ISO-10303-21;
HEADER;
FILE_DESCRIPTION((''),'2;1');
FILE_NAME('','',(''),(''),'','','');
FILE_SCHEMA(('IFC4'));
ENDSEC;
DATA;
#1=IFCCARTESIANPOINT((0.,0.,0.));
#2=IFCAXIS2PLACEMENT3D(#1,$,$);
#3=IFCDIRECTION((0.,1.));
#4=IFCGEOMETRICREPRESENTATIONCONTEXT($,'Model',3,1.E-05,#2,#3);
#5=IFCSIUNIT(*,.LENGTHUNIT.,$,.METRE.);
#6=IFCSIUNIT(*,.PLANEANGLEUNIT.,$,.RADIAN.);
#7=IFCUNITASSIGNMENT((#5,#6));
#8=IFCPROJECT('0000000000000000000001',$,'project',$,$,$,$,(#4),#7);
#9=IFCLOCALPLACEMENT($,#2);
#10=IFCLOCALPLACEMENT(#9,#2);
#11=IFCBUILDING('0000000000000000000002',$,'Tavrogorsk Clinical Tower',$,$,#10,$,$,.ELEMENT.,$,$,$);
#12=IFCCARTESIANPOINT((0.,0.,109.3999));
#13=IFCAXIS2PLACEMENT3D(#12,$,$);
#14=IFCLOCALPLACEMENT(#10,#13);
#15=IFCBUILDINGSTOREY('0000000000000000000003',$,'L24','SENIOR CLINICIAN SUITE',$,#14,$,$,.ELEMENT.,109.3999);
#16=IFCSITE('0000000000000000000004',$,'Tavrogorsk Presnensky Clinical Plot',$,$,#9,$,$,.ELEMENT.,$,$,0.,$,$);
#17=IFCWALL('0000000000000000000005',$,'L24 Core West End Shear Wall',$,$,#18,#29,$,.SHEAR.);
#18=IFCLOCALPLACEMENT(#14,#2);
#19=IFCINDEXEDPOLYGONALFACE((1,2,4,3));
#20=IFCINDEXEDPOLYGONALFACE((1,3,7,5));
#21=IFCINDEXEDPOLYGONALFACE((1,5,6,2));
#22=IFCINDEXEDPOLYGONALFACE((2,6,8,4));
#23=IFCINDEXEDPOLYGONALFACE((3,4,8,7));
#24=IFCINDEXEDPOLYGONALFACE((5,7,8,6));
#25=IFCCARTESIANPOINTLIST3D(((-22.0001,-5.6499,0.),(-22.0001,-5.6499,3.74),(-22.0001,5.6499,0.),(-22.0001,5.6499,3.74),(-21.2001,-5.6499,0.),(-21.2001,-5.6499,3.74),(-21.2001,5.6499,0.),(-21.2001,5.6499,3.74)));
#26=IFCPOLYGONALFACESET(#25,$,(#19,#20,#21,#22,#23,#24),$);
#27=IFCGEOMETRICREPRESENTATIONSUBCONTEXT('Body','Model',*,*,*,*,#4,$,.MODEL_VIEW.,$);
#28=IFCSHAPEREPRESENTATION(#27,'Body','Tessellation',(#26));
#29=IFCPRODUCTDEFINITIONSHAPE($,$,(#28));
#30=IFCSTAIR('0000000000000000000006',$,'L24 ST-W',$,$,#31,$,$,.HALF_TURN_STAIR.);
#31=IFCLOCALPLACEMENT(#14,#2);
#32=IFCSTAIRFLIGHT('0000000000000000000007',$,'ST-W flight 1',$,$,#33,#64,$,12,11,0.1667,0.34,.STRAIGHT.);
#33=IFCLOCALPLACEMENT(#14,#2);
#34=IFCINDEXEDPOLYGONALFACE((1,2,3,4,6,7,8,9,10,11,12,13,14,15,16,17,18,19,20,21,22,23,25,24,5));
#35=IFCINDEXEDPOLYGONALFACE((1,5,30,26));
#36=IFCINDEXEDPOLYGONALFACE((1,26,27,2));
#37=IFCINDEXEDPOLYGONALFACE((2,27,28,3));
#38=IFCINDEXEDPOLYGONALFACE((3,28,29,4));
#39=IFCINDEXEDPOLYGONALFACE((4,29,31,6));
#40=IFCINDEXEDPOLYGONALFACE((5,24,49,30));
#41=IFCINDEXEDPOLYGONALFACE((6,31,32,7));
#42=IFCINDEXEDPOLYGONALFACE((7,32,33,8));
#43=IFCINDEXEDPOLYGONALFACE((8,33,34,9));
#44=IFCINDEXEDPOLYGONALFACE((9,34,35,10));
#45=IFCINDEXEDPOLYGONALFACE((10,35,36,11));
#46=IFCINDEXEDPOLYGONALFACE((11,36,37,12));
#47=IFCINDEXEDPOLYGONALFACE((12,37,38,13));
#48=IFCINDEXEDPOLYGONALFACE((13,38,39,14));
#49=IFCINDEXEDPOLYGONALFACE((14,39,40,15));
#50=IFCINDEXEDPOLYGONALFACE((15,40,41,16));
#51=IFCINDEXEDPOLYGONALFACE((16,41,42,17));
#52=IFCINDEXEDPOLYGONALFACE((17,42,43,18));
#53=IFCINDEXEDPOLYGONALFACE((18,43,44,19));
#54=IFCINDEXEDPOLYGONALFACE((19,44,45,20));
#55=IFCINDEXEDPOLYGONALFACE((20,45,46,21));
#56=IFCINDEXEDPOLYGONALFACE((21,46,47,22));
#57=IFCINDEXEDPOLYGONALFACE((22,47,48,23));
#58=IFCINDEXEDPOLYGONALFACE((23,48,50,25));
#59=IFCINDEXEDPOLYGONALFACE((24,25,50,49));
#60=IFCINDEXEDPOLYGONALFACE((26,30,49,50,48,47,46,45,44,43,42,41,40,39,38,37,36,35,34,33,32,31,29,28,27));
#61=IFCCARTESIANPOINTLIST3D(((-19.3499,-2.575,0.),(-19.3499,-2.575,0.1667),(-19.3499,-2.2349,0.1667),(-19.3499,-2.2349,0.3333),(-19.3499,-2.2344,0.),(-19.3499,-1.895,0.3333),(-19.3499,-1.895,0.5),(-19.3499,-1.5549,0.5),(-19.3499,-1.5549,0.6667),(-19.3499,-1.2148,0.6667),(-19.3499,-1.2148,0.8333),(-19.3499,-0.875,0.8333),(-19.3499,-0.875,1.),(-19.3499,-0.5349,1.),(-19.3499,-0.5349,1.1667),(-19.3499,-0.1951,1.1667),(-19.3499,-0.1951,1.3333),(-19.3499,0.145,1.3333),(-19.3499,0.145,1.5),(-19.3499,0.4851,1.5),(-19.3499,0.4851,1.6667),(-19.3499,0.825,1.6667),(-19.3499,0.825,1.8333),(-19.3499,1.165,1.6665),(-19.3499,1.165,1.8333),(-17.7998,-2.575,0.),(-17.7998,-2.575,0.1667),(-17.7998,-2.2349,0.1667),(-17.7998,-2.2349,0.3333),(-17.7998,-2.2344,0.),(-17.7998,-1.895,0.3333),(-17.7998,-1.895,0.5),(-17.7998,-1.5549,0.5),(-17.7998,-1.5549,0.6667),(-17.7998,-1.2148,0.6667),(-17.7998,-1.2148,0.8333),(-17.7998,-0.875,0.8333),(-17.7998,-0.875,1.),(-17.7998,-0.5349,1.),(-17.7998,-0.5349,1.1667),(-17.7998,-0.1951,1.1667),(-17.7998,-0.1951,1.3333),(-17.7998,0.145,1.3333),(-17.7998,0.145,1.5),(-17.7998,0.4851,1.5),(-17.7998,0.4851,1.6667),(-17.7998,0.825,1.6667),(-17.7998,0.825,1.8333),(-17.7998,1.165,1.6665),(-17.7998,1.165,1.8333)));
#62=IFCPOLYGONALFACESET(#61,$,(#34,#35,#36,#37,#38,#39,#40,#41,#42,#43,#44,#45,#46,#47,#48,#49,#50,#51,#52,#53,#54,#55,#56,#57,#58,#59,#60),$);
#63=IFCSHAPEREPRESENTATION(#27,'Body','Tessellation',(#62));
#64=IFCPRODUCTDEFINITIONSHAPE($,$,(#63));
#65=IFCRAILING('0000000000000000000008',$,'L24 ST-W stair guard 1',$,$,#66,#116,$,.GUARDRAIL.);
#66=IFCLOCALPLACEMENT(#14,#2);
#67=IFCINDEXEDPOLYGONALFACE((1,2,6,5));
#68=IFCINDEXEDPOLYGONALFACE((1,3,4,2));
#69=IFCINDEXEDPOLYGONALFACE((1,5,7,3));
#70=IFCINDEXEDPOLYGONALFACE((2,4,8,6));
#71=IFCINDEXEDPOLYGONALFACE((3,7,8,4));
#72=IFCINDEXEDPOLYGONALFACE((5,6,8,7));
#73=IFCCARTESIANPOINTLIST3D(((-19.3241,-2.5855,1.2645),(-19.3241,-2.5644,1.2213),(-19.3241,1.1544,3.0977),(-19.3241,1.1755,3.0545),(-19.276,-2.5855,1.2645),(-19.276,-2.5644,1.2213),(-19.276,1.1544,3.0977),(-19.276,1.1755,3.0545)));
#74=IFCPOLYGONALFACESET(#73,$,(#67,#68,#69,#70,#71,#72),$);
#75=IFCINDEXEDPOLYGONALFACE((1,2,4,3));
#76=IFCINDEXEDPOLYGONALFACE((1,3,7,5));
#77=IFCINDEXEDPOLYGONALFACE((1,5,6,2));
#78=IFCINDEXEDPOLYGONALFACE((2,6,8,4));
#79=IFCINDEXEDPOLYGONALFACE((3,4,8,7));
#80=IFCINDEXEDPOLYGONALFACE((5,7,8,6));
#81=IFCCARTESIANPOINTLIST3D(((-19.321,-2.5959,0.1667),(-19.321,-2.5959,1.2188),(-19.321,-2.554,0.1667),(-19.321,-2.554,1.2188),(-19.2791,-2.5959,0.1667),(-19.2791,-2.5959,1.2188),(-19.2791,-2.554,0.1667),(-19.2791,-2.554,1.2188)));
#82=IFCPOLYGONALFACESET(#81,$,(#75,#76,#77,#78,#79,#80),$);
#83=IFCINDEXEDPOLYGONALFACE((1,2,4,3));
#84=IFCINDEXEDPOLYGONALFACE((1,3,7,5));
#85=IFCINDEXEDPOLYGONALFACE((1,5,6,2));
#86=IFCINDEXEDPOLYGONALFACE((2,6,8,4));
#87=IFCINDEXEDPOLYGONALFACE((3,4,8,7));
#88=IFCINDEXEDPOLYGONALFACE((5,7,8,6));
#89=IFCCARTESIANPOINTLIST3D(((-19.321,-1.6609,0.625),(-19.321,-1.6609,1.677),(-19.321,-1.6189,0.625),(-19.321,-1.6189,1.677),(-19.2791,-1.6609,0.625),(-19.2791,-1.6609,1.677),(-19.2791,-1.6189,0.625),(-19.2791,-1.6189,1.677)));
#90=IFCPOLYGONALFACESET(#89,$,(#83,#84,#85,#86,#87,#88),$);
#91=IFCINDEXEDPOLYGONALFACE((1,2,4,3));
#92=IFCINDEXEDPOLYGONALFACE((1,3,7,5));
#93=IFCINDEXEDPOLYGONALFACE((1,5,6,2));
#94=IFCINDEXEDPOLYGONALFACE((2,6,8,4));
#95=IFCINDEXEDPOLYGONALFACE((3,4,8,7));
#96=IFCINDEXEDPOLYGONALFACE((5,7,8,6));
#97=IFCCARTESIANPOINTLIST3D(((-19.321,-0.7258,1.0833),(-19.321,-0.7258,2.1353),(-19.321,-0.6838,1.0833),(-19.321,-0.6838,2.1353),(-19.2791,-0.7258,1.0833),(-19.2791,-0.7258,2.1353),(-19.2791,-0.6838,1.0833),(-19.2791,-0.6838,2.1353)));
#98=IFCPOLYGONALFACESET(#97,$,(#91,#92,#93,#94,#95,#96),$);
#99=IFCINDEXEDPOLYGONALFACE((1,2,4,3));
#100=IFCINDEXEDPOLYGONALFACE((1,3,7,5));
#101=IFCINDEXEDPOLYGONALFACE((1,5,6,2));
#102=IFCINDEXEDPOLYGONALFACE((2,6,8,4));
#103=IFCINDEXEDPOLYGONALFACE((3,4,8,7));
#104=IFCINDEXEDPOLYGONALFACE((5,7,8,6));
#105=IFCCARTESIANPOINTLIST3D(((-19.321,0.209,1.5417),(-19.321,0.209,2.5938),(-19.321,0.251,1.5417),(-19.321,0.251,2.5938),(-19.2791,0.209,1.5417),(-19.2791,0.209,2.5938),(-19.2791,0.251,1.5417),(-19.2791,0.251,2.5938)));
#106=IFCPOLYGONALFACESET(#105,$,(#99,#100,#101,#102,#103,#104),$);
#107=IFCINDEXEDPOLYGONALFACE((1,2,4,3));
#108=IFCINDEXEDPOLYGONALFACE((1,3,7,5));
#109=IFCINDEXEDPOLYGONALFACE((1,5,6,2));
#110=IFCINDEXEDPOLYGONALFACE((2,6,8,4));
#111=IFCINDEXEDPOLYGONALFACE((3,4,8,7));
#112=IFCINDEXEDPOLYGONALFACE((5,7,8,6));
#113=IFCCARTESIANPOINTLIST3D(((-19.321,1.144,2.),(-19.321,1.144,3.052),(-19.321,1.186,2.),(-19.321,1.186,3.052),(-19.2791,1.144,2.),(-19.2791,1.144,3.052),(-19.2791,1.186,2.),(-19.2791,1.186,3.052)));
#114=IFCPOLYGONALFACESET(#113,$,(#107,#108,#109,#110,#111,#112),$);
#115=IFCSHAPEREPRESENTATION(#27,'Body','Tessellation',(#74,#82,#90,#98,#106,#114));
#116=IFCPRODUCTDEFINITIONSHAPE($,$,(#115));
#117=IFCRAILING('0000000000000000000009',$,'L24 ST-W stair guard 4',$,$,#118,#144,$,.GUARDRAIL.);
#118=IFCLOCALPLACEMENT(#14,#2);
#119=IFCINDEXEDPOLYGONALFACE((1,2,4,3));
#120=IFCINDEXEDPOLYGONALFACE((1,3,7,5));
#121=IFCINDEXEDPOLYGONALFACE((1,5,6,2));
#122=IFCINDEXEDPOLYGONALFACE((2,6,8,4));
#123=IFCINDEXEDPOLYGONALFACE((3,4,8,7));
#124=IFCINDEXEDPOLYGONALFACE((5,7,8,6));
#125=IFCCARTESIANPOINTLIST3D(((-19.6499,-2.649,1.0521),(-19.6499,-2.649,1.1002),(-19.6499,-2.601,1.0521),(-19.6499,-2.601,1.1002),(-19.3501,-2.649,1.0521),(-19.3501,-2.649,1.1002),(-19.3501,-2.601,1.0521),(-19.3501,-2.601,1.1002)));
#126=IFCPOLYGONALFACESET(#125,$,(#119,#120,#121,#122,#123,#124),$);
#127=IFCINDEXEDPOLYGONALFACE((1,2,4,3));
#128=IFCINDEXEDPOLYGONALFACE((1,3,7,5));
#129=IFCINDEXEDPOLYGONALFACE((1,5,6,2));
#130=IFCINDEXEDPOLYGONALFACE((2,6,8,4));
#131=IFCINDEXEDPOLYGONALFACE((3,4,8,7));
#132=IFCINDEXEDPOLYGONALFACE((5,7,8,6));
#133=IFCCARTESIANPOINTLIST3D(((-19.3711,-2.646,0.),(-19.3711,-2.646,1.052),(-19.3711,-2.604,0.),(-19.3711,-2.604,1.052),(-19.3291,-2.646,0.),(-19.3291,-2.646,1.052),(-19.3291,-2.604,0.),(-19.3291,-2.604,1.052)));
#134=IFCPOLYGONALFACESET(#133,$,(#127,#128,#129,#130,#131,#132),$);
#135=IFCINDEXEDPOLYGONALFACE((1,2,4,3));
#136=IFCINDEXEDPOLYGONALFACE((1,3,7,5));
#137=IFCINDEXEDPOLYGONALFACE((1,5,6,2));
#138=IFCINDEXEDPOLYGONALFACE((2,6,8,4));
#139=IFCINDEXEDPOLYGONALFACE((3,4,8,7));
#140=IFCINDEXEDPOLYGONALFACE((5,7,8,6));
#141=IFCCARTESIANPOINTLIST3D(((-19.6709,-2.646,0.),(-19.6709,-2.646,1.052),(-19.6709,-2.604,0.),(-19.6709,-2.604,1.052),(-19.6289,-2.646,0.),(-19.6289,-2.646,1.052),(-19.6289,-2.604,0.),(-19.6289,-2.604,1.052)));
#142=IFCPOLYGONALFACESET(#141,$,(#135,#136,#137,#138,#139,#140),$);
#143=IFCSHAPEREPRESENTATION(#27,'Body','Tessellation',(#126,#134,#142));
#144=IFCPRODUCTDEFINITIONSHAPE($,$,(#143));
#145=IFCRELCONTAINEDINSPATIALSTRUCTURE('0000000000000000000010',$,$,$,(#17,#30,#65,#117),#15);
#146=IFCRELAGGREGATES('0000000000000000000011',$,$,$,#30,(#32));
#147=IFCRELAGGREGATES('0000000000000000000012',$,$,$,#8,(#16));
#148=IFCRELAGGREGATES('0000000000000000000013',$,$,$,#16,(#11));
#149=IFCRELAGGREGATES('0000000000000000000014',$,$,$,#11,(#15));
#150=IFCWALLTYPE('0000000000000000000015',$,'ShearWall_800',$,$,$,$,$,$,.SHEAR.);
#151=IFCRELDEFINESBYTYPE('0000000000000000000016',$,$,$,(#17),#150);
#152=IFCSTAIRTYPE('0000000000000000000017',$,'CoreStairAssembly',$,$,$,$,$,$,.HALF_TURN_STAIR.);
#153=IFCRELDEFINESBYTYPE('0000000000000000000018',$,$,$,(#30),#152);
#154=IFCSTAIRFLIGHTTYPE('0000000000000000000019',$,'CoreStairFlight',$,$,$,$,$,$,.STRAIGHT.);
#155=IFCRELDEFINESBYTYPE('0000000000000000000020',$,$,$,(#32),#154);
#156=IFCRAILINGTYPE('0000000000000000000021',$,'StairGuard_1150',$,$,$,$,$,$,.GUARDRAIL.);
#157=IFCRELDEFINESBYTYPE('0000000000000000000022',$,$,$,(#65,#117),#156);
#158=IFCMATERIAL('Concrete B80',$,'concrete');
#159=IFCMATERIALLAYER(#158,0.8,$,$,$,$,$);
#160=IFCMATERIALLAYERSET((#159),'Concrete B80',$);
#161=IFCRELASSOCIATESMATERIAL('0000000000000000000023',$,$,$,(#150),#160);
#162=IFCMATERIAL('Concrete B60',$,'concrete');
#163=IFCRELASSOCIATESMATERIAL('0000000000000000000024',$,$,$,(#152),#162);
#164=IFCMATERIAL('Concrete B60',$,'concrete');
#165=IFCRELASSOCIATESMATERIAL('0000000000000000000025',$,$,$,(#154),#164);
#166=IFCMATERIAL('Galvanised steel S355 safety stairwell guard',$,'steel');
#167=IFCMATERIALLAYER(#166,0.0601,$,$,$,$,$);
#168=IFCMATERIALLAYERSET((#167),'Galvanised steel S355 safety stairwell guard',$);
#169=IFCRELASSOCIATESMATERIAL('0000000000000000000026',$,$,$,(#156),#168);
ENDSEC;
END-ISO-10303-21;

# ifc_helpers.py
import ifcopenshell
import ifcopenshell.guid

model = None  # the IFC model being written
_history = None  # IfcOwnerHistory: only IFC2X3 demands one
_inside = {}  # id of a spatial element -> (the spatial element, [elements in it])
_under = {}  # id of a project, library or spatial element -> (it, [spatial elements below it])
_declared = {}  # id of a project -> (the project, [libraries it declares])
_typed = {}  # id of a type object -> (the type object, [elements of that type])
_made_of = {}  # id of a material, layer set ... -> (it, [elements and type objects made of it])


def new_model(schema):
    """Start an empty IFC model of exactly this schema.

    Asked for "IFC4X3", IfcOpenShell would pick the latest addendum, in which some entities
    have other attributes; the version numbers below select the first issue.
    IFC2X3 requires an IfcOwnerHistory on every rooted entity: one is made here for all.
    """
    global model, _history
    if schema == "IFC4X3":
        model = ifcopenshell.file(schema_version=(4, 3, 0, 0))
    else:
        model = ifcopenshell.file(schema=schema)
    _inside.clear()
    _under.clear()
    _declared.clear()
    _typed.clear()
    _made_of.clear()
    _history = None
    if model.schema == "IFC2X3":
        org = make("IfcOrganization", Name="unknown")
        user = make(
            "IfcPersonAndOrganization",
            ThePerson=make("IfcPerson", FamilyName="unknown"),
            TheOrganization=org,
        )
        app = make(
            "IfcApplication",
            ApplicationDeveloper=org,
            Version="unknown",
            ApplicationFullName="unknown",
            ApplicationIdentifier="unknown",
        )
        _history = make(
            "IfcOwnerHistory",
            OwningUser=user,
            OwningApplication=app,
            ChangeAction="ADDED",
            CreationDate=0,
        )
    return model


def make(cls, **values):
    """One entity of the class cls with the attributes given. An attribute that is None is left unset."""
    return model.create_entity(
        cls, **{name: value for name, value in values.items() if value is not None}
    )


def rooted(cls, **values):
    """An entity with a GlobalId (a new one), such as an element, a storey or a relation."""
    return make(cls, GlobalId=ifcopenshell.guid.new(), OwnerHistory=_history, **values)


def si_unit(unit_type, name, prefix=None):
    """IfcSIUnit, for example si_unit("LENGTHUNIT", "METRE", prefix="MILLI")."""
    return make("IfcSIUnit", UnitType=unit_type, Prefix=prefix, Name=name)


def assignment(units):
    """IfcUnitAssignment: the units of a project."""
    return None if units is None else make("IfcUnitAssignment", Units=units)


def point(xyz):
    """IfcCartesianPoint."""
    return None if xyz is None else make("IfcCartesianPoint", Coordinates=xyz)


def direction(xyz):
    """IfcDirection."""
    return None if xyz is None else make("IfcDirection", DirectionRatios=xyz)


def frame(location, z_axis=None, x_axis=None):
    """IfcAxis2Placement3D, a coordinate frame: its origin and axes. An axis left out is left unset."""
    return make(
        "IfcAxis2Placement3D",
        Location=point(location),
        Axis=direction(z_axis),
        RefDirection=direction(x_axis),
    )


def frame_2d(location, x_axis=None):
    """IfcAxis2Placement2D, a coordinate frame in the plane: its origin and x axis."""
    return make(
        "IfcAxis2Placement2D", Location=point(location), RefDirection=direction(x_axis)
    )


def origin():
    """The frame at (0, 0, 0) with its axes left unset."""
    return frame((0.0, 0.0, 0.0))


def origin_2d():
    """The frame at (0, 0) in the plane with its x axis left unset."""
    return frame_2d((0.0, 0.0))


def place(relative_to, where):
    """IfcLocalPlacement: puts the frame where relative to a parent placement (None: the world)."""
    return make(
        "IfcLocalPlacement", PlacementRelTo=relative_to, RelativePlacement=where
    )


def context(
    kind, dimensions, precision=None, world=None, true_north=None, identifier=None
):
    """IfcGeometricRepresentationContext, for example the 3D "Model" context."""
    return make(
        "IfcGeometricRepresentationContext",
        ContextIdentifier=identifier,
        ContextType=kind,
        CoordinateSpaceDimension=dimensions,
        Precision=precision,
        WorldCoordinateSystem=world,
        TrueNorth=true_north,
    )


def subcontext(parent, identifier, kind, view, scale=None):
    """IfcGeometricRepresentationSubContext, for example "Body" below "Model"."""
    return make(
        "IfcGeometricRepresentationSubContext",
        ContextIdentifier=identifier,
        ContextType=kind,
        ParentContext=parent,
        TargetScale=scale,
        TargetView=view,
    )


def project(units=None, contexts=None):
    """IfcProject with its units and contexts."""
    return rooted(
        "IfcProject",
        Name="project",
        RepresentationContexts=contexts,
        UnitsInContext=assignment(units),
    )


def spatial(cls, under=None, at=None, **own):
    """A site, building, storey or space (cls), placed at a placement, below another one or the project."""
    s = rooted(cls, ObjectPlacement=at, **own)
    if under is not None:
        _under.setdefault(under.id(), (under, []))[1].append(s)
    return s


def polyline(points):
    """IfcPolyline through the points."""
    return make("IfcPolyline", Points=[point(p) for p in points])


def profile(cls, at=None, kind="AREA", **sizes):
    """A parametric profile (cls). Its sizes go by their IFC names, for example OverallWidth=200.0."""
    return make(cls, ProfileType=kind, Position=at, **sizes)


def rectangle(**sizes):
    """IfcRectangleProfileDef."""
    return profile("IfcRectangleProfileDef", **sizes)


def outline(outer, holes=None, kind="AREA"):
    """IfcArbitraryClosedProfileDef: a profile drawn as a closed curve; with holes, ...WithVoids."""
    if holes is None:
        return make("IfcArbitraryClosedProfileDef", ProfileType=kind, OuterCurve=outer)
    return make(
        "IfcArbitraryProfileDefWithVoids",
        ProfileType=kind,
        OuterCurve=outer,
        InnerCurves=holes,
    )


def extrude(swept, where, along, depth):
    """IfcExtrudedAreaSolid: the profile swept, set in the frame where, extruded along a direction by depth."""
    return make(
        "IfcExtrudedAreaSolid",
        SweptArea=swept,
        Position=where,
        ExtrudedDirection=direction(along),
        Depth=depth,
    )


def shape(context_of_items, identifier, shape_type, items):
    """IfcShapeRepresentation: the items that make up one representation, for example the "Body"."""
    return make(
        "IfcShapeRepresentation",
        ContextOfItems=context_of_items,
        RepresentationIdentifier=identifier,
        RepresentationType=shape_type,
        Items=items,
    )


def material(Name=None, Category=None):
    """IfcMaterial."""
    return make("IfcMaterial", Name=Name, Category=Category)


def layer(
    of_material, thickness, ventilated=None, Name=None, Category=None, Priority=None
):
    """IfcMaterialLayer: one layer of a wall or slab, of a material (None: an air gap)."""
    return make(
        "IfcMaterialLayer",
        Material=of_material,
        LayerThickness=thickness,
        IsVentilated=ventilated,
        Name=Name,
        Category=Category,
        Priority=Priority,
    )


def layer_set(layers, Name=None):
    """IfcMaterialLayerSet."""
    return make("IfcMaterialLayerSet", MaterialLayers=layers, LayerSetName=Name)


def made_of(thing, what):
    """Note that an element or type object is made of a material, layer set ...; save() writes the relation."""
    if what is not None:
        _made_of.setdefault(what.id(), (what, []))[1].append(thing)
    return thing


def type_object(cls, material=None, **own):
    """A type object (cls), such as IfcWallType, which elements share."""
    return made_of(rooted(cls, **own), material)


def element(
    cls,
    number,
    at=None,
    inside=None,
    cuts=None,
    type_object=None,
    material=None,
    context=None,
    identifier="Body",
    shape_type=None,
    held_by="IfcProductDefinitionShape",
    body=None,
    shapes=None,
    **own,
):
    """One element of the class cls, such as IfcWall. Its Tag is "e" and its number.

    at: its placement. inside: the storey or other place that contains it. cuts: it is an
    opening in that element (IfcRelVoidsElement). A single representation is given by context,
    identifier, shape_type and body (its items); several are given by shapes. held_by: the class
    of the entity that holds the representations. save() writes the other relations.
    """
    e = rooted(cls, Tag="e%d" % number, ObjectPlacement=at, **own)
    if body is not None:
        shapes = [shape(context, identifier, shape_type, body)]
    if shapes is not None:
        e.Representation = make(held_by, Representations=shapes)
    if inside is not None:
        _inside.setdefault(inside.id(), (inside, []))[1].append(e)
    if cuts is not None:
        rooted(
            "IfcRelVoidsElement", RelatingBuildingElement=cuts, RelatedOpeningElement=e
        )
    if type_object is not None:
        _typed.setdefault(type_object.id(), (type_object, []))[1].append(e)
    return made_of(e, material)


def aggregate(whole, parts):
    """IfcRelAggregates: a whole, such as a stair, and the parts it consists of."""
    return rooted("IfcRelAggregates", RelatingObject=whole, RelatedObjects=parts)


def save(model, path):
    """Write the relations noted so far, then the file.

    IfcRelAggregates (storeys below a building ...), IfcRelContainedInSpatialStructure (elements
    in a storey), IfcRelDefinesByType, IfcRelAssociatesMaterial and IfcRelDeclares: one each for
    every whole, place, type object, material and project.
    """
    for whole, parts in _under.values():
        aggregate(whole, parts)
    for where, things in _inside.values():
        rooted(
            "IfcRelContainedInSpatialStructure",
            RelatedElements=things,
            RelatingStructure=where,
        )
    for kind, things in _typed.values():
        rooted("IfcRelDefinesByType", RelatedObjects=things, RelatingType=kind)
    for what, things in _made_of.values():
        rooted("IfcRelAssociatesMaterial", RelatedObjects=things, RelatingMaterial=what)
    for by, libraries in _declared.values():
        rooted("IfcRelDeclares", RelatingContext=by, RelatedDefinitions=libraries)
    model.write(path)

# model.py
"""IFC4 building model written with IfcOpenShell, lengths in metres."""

from ifc_helpers import new_model, si_unit, direction, frame, frame_2d, origin, origin_2d, place, context, subcontext, project, spatial, polyline, rectangle, outline, extrude, material, layer, layer_set, type_object, element, aggregate, save


model = new_model("IFC4")

# Units and contexts
model_context = context("Model", 3, precision=1e-05, world=origin(), true_north=direction((0.0, 1.0)))
body_context = subcontext(model_context, "Body", "Model", "MODEL_VIEW")
ifc_project = project(units=[si_unit("LENGTHUNIT", "METRE"), si_unit("PLANEANGLEUNIT", "RADIAN")], contexts=[model_context])

# Site, building, storey
site_placement = place(None, origin())
site = spatial("IfcSite", under=ifc_project, at=site_placement, Name="Tavrogorsk Presnensky Clinical Plot", CompositionType="ELEMENT", RefElevation=0.0)
building_placement = place(site_placement, origin())
building = spatial("IfcBuilding", under=site, at=building_placement, Name="Tavrogorsk Clinical Tower", CompositionType="ELEMENT")
storey_placement = place(building_placement, frame((0.0, 0.0, 109.3999)))
storey = spatial("IfcBuildingStorey", under=building, at=storey_placement, Name="L24", Description="SENIOR CLINICIAN SUITE", CompositionType="ELEMENT", Elevation=109.3999)

# Wall
ifc_material_1 = material(Name="Concrete B80", Category="concrete")
ifc_layer_1 = layer(ifc_material_1, 0.8)
ifc_layer_set_1 = layer_set([ifc_layer_1], Name="Concrete B80")
wall_type_1 = type_object("IfcWallType", Name="ShearWall_800", PredefinedType="SHEAR", material=ifc_layer_set_1)
wall_1_placement = place(storey_placement, frame((-21.6001, -5.6499, 0.0), z_axis=(0.0, 0.0, 1.0), x_axis=(0.0, 1.0, 0.0)))
element("IfcWall", 1, at=wall_1_placement, inside=storey, type_object=wall_type_1, Name="L24 Core West End Shear Wall", PredefinedType="SHEAR", context=body_context, shape_type="SweptSolid", body=[
    extrude(rectangle(XDim=11.2998, YDim=0.8, at=frame_2d((5.6499, 0.0))), origin(), (0.0, 0.0, 1.0), 3.74),
])

# Stair, stair flight
ifc_material_2 = material(Name="Concrete B60", Category="concrete")
stair_type = type_object("IfcStairType", Name="CoreStairAssembly", PredefinedType="HALF_TURN_STAIR", material=ifc_material_2)
stair_placement = place(storey_placement, origin())
stair = element("IfcStair", 2, at=stair_placement, inside=storey, type_object=stair_type, Name="L24 ST-W", PredefinedType="HALF_TURN_STAIR")
ifc_material_3 = material(Name="Concrete B60", Category="concrete")
stair_flight_type = type_object("IfcStairFlightType", Name="CoreStairFlight", PredefinedType="STRAIGHT", material=ifc_material_3)
stair_flight_placement = place(storey_placement, frame((-18.575, -2.575, 0.0), z_axis=(0.0, 0.0, 1.0), x_axis=(0.0, 1.0, 0.0)))
stair_flight = element("IfcStairFlight", 3, at=stair_flight_placement, type_object=stair_flight_type, Name="ST-W flight 1", NumberOfRisers=12, NumberOfTreads=11, PredefinedType="STRAIGHT", RiserHeight=0.1667, TreadLength=0.34, context=body_context, shape_type="SweptSolid", body=[
    extrude(outline(polyline([(0.0, 0.0), (0.0, 0.1667), (0.3401, 0.1667), (0.3401, 0.3333), (0.6799, 0.3333), (0.6799, 0.5), (1.02, 0.5), (1.02, 0.6667), (1.3601, 0.6667), (1.3601, 0.8333), (1.7, 0.8333), (1.7, 1.0), (2.04, 1.0), (2.04, 1.1667), (2.3799, 1.1667), (2.3799, 1.3333), (2.72, 1.3333), (2.72, 1.5), (3.0601, 1.5), (3.0601, 1.6667), (3.3999, 1.6667), (3.3999, 1.8333), (3.74, 1.8333), (3.74, 2.0), (3.74, 1.6665), (0.3406, 0.0), (0.0, 0.0)])), frame((0.0, 0.7749, 0.0), z_axis=(0.0, -1.0, 0.0), x_axis=(1.0, 0.0, 0.0)), (0.0, 0.0, 1.0), 1.55),
])
aggregate(stair, [stair_flight])

# Railings
ifc_material_4 = material(Name="Galvanised steel S355 safety stairwell guard", Category="steel")
ifc_layer_2 = layer(ifc_material_4, 0.0601)
ifc_layer_set_2 = layer_set([ifc_layer_2], Name="Galvanised steel S355 safety stairwell guard")
railing_type = type_object("IfcRailingType", Name="StairGuard_1150", PredefinedType="GUARDRAIL", material=ifc_layer_set_2)
railing_1_placement = place(storey_placement, frame((-19.3, -2.575, 0.1667)))
element("IfcRailing", 4, at=railing_1_placement, inside=storey, type_object=railing_type, Name="L24 ST-W stair guard 1", PredefinedType="GUARDRAIL", context=body_context, shape_type="SweptSolid", body=[
    extrude(rectangle(XDim=0.0481, YDim=0.0481, at=origin_2d()), frame((0.0, 0.0, 1.0762), z_axis=(0.0, 0.897928, 0.440142), x_axis=(-1.0, 0.0, 0.0)), (0.0, 0.0, 1.0), 4.165),
    extrude(rectangle(XDim=0.042, YDim=0.042, at=origin_2d()), origin(), (0.0, 0.0, 1.0), 1.052),
    extrude(rectangle(XDim=0.042, YDim=0.042, at=origin_2d()), frame((0.0, 0.9351, 0.4583)), (0.0, 0.0, 1.0), 1.052),
    extrude(rectangle(XDim=0.042, YDim=0.042, at=origin_2d()), frame((0.0, 1.8701, 0.9165)), (0.0, 0.0, 1.0), 1.052),
    extrude(rectangle(XDim=0.042, YDim=0.042, at=origin_2d()), frame((0.0, 2.8049, 1.375)), (0.0, 0.0, 1.0), 1.052),
    extrude(rectangle(XDim=0.042, YDim=0.042, at=origin_2d()), frame((0.0, 3.74, 1.8333)), (0.0, 0.0, 1.0), 1.052),
])
railing_2_placement = place(storey_placement, frame((-19.3501, -2.625, 0.0)))
element("IfcRailing", 5, at=railing_2_placement, inside=storey, type_object=railing_type, Name="L24 ST-W stair guard 4", PredefinedType="GUARDRAIL", context=body_context, shape_type="SweptSolid", body=[
    extrude(rectangle(XDim=0.0481, YDim=0.0481, at=origin_2d()), frame((0.0, 0.0, 1.0762), z_axis=(-1.0, 0.0, 0.0), x_axis=(0.0, -1.0, 0.0)), (0.0, 0.0, 1.0), 0.2998),
    extrude(rectangle(XDim=0.042, YDim=0.042, at=origin_2d()), origin(), (0.0, 0.0, 1.0), 1.052),
    extrude(rectangle(XDim=0.042, YDim=0.042, at=origin_2d()), frame((-0.2998, 0.0, 0.0)), (0.0, 0.0, 1.0), 1.052),
])

save(model, "model.ifc")
